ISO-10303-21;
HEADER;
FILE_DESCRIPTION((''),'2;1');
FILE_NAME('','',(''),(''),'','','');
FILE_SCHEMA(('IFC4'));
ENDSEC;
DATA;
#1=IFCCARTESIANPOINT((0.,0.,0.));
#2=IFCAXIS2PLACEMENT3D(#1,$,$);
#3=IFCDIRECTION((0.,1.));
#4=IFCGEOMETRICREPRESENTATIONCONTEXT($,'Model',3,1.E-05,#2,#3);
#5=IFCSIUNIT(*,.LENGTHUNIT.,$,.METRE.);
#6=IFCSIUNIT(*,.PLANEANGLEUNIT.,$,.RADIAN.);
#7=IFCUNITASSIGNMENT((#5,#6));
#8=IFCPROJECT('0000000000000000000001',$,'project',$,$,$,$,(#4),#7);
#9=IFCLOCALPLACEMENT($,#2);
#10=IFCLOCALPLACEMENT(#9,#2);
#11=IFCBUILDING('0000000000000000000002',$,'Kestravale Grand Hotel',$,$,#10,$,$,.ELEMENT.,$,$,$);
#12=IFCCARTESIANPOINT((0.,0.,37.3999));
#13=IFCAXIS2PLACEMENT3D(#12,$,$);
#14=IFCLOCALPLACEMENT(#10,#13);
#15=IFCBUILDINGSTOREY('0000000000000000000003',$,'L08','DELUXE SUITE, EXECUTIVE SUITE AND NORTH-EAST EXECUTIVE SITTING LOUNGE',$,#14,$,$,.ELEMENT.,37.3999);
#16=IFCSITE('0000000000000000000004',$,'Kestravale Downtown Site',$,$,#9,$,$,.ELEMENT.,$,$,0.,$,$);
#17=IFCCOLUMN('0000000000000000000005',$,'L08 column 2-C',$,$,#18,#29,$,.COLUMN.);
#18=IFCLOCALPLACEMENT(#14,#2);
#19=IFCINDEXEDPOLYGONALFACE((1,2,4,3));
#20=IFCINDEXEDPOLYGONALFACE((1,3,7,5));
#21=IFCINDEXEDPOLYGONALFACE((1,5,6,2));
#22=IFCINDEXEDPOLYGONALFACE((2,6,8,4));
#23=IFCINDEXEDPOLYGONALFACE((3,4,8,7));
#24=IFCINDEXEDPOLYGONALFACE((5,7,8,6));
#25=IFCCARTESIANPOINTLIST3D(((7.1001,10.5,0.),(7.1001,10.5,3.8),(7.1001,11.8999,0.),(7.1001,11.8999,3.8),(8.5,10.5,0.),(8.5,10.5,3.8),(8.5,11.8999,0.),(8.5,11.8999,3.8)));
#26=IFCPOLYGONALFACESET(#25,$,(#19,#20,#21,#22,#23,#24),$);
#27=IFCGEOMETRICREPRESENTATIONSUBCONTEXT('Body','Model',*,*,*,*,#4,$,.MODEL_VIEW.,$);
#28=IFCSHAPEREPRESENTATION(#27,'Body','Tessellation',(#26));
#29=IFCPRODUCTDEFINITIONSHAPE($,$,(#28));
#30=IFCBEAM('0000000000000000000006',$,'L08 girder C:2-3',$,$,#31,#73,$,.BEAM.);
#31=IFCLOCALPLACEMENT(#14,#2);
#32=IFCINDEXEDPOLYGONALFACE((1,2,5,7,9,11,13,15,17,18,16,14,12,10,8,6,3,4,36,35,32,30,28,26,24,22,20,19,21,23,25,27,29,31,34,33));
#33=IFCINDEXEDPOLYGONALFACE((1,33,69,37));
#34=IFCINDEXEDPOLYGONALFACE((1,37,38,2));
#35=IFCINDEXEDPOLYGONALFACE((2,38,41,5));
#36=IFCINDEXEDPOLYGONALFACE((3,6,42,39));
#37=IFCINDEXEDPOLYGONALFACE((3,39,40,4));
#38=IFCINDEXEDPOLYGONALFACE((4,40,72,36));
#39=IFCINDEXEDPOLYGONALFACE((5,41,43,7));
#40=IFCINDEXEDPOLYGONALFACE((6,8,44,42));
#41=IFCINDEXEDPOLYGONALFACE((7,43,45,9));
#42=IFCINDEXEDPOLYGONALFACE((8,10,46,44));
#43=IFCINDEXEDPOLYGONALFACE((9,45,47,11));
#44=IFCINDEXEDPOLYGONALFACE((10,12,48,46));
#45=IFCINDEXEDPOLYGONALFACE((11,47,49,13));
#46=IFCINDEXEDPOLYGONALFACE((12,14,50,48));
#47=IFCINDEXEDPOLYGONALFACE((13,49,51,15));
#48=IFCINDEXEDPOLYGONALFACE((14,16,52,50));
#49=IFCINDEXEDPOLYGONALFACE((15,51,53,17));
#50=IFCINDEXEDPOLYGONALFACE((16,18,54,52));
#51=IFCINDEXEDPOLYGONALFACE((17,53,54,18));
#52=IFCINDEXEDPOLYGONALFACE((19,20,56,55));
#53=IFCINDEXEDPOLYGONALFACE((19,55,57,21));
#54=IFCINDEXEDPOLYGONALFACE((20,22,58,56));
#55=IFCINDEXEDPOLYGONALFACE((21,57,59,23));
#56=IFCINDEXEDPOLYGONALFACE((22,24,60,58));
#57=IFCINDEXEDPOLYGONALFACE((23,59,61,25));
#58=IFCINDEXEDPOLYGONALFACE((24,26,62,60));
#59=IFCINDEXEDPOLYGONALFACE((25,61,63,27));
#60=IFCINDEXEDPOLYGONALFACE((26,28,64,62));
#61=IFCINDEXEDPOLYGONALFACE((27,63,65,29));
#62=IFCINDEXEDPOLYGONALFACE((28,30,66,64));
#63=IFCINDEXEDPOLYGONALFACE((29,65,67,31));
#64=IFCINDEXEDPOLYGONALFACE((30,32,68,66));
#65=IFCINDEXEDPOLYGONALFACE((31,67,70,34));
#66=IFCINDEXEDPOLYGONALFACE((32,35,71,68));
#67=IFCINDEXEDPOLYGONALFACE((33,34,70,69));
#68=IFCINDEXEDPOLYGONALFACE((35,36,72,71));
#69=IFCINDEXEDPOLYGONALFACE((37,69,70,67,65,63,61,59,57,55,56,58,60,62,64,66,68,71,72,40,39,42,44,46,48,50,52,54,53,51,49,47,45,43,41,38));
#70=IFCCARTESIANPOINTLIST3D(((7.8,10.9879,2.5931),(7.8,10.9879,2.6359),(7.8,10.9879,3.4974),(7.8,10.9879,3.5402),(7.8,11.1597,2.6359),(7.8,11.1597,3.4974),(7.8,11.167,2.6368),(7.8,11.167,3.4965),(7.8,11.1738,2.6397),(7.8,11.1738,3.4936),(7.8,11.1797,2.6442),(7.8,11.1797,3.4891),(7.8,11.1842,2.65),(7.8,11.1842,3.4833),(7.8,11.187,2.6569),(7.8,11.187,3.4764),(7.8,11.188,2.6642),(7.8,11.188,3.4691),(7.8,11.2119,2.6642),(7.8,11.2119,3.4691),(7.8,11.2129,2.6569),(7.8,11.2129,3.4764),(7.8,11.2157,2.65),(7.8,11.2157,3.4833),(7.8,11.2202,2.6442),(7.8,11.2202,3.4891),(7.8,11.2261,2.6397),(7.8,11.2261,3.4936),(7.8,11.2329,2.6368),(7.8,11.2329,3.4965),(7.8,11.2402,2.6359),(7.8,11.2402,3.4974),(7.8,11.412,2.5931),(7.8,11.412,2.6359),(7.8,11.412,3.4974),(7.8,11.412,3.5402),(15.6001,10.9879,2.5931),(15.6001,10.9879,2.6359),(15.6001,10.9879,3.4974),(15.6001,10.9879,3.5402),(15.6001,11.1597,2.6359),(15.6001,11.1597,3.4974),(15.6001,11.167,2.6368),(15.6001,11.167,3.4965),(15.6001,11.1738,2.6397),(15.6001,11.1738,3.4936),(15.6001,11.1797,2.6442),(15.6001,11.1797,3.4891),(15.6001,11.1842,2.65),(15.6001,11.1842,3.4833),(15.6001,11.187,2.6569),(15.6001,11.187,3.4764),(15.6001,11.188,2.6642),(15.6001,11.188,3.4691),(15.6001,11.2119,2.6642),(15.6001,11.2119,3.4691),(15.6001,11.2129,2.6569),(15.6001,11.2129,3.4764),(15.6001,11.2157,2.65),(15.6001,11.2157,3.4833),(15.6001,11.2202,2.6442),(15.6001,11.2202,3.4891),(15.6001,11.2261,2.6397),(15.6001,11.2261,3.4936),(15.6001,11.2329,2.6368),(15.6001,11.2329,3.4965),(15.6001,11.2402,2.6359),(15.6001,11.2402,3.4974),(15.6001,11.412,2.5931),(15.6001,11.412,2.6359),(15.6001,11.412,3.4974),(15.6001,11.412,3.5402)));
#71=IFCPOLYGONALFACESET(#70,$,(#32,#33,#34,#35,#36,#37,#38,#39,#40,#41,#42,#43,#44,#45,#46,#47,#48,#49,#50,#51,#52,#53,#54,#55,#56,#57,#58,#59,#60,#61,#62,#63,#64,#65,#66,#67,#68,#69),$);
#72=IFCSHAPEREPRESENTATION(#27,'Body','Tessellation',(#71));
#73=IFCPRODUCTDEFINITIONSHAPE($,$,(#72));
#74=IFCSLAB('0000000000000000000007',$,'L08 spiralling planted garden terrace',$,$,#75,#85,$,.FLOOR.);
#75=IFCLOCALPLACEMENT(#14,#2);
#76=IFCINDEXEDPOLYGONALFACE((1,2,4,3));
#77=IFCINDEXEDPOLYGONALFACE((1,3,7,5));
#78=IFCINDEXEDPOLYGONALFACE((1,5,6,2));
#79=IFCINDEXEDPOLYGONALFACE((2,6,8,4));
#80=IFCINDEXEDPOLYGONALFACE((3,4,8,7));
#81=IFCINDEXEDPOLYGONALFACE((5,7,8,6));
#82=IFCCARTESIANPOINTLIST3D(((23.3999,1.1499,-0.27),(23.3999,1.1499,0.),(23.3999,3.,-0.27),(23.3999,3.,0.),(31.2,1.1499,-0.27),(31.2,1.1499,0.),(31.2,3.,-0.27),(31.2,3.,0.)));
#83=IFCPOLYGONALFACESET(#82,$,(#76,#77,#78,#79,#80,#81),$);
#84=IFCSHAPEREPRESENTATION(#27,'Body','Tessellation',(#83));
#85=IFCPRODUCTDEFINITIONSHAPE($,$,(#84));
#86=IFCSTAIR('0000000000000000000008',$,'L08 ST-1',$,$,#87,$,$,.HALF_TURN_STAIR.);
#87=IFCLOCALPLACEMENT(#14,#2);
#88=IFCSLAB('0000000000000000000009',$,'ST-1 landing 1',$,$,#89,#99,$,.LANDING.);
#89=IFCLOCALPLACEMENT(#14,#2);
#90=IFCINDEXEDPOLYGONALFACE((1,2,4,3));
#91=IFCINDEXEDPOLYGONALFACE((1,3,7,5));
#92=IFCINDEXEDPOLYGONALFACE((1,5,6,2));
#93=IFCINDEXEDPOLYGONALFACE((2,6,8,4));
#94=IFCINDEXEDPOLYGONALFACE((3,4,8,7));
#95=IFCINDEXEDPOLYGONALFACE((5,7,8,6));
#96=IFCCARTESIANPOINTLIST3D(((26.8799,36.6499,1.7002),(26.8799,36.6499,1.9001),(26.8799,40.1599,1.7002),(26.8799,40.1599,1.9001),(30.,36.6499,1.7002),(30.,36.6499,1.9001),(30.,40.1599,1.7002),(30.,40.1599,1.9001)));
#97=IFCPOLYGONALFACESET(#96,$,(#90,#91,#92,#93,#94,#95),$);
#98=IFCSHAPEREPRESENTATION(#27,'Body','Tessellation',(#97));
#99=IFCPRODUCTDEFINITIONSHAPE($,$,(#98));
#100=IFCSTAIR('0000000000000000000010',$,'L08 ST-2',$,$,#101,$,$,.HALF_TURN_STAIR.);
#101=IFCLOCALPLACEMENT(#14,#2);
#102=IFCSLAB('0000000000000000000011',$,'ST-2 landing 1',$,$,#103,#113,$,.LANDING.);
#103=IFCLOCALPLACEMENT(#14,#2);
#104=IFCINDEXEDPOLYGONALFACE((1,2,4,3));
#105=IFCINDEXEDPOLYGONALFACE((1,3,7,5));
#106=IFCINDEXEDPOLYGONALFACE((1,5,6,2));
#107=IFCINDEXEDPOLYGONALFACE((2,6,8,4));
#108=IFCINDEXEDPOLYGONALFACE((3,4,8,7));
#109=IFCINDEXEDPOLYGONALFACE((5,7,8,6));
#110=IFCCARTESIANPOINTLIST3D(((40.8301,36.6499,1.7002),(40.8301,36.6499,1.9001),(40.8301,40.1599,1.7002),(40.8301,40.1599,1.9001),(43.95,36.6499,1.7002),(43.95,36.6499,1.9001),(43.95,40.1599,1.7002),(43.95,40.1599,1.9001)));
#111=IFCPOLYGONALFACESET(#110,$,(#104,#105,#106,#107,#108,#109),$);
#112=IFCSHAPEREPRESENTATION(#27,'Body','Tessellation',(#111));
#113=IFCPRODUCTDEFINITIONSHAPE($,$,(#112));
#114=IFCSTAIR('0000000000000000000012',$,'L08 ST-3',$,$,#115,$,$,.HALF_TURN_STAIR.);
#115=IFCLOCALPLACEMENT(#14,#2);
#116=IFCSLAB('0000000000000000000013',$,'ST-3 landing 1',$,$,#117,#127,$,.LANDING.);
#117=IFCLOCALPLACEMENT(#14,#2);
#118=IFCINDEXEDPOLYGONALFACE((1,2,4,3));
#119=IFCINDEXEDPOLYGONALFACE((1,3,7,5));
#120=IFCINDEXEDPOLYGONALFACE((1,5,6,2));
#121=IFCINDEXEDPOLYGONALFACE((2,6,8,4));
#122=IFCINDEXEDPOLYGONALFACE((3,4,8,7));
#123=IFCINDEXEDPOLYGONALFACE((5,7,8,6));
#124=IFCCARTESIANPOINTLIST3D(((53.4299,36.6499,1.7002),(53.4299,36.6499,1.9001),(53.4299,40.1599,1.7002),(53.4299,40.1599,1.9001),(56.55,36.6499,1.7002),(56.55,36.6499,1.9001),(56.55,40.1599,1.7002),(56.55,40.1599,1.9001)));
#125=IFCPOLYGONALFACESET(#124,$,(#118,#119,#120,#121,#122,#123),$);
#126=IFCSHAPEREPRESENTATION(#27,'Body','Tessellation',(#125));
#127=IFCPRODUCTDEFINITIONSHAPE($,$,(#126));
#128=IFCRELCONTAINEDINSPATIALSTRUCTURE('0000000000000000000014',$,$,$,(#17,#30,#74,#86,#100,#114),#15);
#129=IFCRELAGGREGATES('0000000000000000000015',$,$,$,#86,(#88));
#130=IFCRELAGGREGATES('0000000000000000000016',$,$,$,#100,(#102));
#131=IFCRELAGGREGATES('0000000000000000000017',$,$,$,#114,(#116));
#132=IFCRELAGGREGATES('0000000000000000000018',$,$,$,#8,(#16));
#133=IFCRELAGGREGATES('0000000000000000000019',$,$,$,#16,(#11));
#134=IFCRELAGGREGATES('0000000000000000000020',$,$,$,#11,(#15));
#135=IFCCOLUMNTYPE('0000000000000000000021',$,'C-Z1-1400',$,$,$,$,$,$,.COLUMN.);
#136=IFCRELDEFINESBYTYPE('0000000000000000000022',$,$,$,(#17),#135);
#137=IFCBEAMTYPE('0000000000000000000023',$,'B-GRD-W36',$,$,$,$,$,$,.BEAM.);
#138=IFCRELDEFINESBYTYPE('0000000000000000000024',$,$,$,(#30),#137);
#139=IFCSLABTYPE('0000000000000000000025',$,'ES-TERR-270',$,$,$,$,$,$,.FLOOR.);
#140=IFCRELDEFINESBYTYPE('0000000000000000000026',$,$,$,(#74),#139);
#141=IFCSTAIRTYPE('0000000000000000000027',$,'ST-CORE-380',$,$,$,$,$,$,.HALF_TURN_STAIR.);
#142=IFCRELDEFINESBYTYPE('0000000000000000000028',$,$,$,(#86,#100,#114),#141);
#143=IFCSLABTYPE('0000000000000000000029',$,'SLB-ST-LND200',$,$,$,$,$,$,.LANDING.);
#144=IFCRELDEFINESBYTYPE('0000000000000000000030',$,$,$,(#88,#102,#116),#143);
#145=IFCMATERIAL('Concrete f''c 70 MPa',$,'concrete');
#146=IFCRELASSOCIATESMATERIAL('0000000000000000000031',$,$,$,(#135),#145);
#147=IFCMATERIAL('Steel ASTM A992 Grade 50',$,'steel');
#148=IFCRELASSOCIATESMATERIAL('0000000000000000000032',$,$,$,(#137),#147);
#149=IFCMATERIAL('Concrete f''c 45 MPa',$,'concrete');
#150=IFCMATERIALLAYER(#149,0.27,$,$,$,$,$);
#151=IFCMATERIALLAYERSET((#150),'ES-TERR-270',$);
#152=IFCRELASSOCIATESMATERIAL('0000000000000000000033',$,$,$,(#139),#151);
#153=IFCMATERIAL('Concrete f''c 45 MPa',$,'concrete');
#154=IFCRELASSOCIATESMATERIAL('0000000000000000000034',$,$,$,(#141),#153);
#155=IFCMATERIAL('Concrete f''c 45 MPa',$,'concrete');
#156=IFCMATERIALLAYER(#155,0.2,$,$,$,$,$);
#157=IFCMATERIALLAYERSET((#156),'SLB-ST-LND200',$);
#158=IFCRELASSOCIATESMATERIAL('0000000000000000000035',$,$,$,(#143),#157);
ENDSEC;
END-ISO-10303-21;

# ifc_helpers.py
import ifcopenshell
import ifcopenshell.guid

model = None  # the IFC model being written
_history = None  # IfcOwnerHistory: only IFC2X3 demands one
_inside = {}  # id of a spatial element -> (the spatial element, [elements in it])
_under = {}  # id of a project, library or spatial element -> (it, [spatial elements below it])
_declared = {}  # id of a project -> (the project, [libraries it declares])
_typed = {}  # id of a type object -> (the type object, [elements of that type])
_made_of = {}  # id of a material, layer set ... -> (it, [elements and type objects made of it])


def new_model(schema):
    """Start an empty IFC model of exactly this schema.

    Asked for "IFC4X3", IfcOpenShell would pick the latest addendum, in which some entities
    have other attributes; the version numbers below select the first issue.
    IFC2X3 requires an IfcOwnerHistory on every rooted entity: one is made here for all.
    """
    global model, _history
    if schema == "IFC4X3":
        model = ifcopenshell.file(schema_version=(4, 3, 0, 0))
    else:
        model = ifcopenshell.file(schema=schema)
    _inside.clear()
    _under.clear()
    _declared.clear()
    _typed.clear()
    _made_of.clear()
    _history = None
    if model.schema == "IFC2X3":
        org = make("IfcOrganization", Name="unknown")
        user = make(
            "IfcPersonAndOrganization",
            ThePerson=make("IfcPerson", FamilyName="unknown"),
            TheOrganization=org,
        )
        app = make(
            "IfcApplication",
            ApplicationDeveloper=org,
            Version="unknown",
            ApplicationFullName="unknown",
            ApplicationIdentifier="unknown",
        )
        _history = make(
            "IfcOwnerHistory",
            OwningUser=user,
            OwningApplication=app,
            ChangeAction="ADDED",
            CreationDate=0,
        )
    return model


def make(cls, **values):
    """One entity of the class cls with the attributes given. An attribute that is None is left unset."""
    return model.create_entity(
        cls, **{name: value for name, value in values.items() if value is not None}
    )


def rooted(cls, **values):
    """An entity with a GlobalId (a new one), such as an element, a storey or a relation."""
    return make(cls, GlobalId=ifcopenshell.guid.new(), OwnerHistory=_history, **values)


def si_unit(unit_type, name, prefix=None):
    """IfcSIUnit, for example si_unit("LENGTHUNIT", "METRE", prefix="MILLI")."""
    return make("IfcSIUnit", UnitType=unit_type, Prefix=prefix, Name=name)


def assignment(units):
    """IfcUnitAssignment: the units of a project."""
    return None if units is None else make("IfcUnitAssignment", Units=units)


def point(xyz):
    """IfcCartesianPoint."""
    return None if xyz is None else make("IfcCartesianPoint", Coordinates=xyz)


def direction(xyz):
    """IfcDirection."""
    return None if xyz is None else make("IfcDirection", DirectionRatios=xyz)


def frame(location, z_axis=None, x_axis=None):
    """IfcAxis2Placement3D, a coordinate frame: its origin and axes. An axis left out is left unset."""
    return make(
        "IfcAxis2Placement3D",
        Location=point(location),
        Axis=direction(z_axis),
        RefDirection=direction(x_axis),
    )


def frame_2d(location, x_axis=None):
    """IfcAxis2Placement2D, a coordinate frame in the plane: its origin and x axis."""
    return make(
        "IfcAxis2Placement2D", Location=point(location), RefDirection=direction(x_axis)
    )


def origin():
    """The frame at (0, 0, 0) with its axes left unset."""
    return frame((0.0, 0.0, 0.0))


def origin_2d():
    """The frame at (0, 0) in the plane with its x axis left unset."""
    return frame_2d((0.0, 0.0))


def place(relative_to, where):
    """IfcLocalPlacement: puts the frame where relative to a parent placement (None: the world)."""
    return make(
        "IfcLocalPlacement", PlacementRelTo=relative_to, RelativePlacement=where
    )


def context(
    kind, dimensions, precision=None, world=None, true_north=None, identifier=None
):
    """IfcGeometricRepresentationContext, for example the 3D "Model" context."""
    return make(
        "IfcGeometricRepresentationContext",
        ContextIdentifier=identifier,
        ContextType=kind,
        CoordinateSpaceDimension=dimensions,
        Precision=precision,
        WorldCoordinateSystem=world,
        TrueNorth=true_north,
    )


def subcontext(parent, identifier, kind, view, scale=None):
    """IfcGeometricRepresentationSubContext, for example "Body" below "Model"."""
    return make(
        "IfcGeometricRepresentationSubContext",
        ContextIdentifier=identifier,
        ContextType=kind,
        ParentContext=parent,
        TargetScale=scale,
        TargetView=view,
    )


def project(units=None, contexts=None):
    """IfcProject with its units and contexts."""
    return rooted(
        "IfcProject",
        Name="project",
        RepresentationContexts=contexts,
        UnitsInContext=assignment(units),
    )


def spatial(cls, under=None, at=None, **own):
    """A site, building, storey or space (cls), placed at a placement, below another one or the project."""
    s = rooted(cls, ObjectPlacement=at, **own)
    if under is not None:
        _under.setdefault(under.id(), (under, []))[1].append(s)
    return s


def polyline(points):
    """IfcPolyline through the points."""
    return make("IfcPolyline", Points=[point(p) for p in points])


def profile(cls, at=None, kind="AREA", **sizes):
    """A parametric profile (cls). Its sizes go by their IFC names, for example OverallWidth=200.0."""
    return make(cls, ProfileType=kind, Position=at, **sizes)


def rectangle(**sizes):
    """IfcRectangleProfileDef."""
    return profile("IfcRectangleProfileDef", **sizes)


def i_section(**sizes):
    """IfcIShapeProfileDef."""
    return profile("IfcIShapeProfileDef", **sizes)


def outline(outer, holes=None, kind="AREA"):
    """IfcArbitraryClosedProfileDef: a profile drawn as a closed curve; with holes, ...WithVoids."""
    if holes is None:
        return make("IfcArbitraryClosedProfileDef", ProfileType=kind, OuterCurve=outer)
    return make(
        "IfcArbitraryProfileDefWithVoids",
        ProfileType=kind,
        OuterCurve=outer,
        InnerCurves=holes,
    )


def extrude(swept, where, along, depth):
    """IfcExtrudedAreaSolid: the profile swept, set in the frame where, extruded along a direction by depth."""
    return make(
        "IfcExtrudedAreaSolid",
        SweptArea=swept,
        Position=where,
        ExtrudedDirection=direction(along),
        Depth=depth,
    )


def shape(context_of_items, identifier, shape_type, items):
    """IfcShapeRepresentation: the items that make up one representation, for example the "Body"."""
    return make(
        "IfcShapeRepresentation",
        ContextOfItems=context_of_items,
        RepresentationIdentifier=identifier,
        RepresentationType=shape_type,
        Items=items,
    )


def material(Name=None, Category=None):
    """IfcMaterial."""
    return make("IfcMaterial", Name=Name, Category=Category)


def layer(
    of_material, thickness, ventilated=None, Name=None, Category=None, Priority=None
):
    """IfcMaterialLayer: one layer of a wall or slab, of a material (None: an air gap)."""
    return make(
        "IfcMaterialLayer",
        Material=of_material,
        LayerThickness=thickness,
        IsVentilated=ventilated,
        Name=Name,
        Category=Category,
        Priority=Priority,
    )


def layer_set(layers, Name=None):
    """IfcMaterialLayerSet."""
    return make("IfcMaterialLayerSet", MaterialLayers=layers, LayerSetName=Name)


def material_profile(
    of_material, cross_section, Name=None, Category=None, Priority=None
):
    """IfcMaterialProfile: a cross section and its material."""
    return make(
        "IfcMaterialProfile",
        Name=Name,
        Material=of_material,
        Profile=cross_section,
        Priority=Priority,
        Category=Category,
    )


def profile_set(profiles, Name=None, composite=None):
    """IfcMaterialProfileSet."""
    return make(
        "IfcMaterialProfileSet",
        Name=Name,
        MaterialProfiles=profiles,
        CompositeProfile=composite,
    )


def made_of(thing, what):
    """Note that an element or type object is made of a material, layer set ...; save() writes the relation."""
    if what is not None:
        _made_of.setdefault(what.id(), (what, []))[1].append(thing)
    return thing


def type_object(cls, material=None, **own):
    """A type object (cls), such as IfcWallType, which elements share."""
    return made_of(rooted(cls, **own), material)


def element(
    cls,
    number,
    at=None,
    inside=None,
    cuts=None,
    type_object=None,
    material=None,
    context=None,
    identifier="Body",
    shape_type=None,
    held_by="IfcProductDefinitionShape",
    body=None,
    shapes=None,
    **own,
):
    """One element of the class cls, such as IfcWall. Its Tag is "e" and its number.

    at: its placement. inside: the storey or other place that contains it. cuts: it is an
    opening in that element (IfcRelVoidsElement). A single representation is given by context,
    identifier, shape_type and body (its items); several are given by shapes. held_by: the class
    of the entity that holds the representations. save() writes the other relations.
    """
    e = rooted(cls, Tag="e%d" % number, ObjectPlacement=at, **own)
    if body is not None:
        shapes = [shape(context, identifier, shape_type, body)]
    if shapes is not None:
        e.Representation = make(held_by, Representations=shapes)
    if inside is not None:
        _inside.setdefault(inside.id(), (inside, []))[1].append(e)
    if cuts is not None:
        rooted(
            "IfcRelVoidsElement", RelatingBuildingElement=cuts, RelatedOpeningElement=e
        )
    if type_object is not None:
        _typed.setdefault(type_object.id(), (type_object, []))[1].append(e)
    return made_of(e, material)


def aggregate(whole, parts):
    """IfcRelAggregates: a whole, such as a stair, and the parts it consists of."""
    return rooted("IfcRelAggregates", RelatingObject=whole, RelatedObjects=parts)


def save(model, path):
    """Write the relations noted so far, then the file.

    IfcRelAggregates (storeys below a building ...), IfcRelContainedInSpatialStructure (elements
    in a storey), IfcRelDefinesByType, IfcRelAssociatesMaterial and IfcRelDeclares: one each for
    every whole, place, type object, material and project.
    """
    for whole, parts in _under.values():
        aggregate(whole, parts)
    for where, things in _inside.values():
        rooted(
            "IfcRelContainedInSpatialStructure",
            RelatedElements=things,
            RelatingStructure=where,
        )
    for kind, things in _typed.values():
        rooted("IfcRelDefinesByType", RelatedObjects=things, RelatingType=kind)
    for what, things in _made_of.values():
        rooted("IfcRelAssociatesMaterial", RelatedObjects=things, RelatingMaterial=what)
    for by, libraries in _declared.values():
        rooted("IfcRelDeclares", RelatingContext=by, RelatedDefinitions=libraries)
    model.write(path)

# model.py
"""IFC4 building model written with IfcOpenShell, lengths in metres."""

from ifc_helpers import new_model, si_unit, direction, frame, origin, origin_2d, place, context, subcontext, project, spatial, polyline, rectangle, i_section, outline, extrude, material, layer, layer_set, material_profile, profile_set, type_object, element, aggregate, save


model = new_model("IFC4")

# Units and contexts
model_context = context("Model", 3, precision=1e-05, world=origin(), true_north=direction((0.0, 1.0)))
body_context = subcontext(model_context, "Body", "Model", "MODEL_VIEW")
ifc_project = project(units=[si_unit("LENGTHUNIT", "METRE"), si_unit("PLANEANGLEUNIT", "RADIAN")], contexts=[model_context])

# Site, building, storey
site_placement = place(None, origin())
site = spatial("IfcSite", under=ifc_project, at=site_placement, Name="Kestravale Downtown Site", CompositionType="ELEMENT", RefElevation=0.0)
building_placement = place(site_placement, origin())
building = spatial("IfcBuilding", under=site, at=building_placement, Name="Kestravale Grand Hotel", CompositionType="ELEMENT")
storey_placement = place(building_placement, frame((0.0, 0.0, 37.3999)))
storey = spatial("IfcBuildingStorey", under=building, at=storey_placement, Name="L08", Description="DELUXE SUITE, EXECUTIVE SUITE AND NORTH-EAST EXECUTIVE SITTING LOUNGE", CompositionType="ELEMENT", Elevation=37.3999)

# Column
ifc_material_1 = material(Name="Concrete f'c 70 MPa", Category="concrete")
ifc_material_profile_1 = material_profile(ifc_material_1, rectangle(XDim=1.3999, YDim=1.3999, at=origin_2d()))
ifc_profile_set_1 = profile_set([ifc_material_profile_1], Name="Concrete f'c 70 MPa")
column_type = type_object("IfcColumnType", Name="C-Z1-1400", PredefinedType="COLUMN", material=ifc_profile_set_1)
column_placement = place(storey_placement, frame((7.8, 11.2, 0.0), z_axis=(0.0, 0.0, 1.0), x_axis=(1.0, 0.0, 0.0)))
element("IfcColumn", 1, at=column_placement, inside=storey, type_object=column_type, Name="L08 column 2-C", PredefinedType="COLUMN", context=body_context, shape_type="SweptSolid", body=[
    extrude(rectangle(XDim=1.3999, YDim=1.3999, at=origin_2d()), origin(), (0.0, 0.0, 1.0), 3.8),
])

# Beam
ifc_material_2 = material(Name="Steel ASTM A992 Grade 50", Category="steel")
ifc_material_profile_2 = material_profile(ifc_material_2, i_section(OverallWidth=0.4241, OverallDepth=0.947, WebThickness=0.0239, FlangeThickness=0.0427, FilletRadius=0.0283, at=origin_2d()))
ifc_profile_set_2 = profile_set([ifc_material_profile_2], Name="Steel ASTM A992 Grade 50")
beam_type = type_object("IfcBeamType", Name="B-GRD-W36", PredefinedType="BEAM", material=ifc_profile_set_2)
beam_placement = place(storey_placement, frame((7.8, 11.2, 3.0667), z_axis=(1.0, 0.0, 0.0), x_axis=(0.0, 1.0, 0.0)))
element("IfcBeam", 2, at=beam_placement, inside=storey, type_object=beam_type, Name="L08 girder C:2-3", PredefinedType="BEAM", context=body_context, shape_type="SweptSolid", body=[
    extrude(i_section(OverallWidth=0.4241, OverallDepth=0.947, WebThickness=0.0239, FlangeThickness=0.0427, FilletRadius=0.0283, at=origin_2d()), origin(), (0.0, 0.0, 1.0), 7.8),
])

# Slab
ifc_material_3 = material(Name="Concrete f'c 45 MPa", Category="concrete")
ifc_layer_1 = layer(ifc_material_3, 0.27)
ifc_layer_set_1 = layer_set([ifc_layer_1], Name="ES-TERR-270")
slab_type_1 = type_object("IfcSlabType", Name="ES-TERR-270", PredefinedType="FLOOR", material=ifc_layer_set_1)
slab_1_placement = place(storey_placement, frame((0.0, 0.0, -0.27)))
element("IfcSlab", 3, at=slab_1_placement, inside=storey, type_object=slab_type_1, Name="L08 spiralling planted garden terrace", PredefinedType="FLOOR", context=body_context, shape_type="SweptSolid", body=[
    extrude(outline(polyline([(23.3999, 1.1499), (31.2, 1.1499), (31.2, 3.0), (23.3999, 3.0), (23.3999, 1.1499)])), origin(), (0.0, 0.0, 1.0), 0.27),
])

# Stairs, slabs
ifc_material_4 = material(Name="Concrete f'c 45 MPa", Category="concrete")
stair_type = type_object("IfcStairType", Name="ST-CORE-380", PredefinedType="HALF_TURN_STAIR", material=ifc_material_4)
stair_1_placement = place(storey_placement, origin())
stair_1 = element("IfcStair", 4, at=stair_1_placement, inside=storey, type_object=stair_type, Name="L08 ST-1", PredefinedType="HALF_TURN_STAIR")
ifc_material_5 = material(Name="Concrete f'c 45 MPa", Category="concrete")
ifc_layer_2 = layer(ifc_material_5, 0.2)
ifc_layer_set_2 = layer_set([ifc_layer_2], Name="SLB-ST-LND200")
slab_type_2 = type_object("IfcSlabType", Name="SLB-ST-LND200", PredefinedType="LANDING", material=ifc_layer_set_2)
slab_2_placement = place(storey_placement, frame((0.0, 0.0, 1.7002)))
slab_2 = element("IfcSlab", 5, at=slab_2_placement, type_object=slab_type_2, Name="ST-1 landing 1", PredefinedType="LANDING", context=body_context, shape_type="SweptSolid", body=[
    extrude(outline(polyline([(26.8799, 36.6499), (30.0, 36.6499), (30.0, 40.1599), (26.8799, 40.1599), (26.8799, 36.6499)])), origin(), (0.0, 0.0, 1.0), 0.2),
])
aggregate(stair_1, [slab_2])
stair_2_placement = place(storey_placement, origin())
stair_2 = element("IfcStair", 6, at=stair_2_placement, inside=storey, type_object=stair_type, Name="L08 ST-2", PredefinedType="HALF_TURN_STAIR")
slab_3_placement = place(storey_placement, frame((0.0, 0.0, 1.7002)))
slab_3 = element("IfcSlab", 7, at=slab_3_placement, type_object=slab_type_2, Name="ST-2 landing 1", PredefinedType="LANDING", context=body_context, shape_type="SweptSolid", body=[
    extrude(outline(polyline([(40.8301, 36.6499), (43.95, 36.6499), (43.95, 40.1599), (40.8301, 40.1599), (40.8301, 36.6499)])), origin(), (0.0, 0.0, 1.0), 0.2),
])
aggregate(stair_2, [slab_3])
stair_3_placement = place(storey_placement, origin())
stair_3 = element("IfcStair", 8, at=stair_3_placement, inside=storey, type_object=stair_type, Name="L08 ST-3", PredefinedType="HALF_TURN_STAIR")
slab_4_placement = place(storey_placement, frame((0.0, 0.0, 1.7002)))
slab_4 = element("IfcSlab", 9, at=slab_4_placement, type_object=slab_type_2, Name="ST-3 landing 1", PredefinedType="LANDING", context=body_context, shape_type="SweptSolid", body=[
    extrude(outline(polyline([(53.4299, 36.6499), (56.55, 36.6499), (56.55, 40.1599), (53.4299, 40.1599), (53.4299, 36.6499)])), origin(), (0.0, 0.0, 1.0), 0.2),
])
aggregate(stair_3, [slab_4])

save(model, "model.ifc")
